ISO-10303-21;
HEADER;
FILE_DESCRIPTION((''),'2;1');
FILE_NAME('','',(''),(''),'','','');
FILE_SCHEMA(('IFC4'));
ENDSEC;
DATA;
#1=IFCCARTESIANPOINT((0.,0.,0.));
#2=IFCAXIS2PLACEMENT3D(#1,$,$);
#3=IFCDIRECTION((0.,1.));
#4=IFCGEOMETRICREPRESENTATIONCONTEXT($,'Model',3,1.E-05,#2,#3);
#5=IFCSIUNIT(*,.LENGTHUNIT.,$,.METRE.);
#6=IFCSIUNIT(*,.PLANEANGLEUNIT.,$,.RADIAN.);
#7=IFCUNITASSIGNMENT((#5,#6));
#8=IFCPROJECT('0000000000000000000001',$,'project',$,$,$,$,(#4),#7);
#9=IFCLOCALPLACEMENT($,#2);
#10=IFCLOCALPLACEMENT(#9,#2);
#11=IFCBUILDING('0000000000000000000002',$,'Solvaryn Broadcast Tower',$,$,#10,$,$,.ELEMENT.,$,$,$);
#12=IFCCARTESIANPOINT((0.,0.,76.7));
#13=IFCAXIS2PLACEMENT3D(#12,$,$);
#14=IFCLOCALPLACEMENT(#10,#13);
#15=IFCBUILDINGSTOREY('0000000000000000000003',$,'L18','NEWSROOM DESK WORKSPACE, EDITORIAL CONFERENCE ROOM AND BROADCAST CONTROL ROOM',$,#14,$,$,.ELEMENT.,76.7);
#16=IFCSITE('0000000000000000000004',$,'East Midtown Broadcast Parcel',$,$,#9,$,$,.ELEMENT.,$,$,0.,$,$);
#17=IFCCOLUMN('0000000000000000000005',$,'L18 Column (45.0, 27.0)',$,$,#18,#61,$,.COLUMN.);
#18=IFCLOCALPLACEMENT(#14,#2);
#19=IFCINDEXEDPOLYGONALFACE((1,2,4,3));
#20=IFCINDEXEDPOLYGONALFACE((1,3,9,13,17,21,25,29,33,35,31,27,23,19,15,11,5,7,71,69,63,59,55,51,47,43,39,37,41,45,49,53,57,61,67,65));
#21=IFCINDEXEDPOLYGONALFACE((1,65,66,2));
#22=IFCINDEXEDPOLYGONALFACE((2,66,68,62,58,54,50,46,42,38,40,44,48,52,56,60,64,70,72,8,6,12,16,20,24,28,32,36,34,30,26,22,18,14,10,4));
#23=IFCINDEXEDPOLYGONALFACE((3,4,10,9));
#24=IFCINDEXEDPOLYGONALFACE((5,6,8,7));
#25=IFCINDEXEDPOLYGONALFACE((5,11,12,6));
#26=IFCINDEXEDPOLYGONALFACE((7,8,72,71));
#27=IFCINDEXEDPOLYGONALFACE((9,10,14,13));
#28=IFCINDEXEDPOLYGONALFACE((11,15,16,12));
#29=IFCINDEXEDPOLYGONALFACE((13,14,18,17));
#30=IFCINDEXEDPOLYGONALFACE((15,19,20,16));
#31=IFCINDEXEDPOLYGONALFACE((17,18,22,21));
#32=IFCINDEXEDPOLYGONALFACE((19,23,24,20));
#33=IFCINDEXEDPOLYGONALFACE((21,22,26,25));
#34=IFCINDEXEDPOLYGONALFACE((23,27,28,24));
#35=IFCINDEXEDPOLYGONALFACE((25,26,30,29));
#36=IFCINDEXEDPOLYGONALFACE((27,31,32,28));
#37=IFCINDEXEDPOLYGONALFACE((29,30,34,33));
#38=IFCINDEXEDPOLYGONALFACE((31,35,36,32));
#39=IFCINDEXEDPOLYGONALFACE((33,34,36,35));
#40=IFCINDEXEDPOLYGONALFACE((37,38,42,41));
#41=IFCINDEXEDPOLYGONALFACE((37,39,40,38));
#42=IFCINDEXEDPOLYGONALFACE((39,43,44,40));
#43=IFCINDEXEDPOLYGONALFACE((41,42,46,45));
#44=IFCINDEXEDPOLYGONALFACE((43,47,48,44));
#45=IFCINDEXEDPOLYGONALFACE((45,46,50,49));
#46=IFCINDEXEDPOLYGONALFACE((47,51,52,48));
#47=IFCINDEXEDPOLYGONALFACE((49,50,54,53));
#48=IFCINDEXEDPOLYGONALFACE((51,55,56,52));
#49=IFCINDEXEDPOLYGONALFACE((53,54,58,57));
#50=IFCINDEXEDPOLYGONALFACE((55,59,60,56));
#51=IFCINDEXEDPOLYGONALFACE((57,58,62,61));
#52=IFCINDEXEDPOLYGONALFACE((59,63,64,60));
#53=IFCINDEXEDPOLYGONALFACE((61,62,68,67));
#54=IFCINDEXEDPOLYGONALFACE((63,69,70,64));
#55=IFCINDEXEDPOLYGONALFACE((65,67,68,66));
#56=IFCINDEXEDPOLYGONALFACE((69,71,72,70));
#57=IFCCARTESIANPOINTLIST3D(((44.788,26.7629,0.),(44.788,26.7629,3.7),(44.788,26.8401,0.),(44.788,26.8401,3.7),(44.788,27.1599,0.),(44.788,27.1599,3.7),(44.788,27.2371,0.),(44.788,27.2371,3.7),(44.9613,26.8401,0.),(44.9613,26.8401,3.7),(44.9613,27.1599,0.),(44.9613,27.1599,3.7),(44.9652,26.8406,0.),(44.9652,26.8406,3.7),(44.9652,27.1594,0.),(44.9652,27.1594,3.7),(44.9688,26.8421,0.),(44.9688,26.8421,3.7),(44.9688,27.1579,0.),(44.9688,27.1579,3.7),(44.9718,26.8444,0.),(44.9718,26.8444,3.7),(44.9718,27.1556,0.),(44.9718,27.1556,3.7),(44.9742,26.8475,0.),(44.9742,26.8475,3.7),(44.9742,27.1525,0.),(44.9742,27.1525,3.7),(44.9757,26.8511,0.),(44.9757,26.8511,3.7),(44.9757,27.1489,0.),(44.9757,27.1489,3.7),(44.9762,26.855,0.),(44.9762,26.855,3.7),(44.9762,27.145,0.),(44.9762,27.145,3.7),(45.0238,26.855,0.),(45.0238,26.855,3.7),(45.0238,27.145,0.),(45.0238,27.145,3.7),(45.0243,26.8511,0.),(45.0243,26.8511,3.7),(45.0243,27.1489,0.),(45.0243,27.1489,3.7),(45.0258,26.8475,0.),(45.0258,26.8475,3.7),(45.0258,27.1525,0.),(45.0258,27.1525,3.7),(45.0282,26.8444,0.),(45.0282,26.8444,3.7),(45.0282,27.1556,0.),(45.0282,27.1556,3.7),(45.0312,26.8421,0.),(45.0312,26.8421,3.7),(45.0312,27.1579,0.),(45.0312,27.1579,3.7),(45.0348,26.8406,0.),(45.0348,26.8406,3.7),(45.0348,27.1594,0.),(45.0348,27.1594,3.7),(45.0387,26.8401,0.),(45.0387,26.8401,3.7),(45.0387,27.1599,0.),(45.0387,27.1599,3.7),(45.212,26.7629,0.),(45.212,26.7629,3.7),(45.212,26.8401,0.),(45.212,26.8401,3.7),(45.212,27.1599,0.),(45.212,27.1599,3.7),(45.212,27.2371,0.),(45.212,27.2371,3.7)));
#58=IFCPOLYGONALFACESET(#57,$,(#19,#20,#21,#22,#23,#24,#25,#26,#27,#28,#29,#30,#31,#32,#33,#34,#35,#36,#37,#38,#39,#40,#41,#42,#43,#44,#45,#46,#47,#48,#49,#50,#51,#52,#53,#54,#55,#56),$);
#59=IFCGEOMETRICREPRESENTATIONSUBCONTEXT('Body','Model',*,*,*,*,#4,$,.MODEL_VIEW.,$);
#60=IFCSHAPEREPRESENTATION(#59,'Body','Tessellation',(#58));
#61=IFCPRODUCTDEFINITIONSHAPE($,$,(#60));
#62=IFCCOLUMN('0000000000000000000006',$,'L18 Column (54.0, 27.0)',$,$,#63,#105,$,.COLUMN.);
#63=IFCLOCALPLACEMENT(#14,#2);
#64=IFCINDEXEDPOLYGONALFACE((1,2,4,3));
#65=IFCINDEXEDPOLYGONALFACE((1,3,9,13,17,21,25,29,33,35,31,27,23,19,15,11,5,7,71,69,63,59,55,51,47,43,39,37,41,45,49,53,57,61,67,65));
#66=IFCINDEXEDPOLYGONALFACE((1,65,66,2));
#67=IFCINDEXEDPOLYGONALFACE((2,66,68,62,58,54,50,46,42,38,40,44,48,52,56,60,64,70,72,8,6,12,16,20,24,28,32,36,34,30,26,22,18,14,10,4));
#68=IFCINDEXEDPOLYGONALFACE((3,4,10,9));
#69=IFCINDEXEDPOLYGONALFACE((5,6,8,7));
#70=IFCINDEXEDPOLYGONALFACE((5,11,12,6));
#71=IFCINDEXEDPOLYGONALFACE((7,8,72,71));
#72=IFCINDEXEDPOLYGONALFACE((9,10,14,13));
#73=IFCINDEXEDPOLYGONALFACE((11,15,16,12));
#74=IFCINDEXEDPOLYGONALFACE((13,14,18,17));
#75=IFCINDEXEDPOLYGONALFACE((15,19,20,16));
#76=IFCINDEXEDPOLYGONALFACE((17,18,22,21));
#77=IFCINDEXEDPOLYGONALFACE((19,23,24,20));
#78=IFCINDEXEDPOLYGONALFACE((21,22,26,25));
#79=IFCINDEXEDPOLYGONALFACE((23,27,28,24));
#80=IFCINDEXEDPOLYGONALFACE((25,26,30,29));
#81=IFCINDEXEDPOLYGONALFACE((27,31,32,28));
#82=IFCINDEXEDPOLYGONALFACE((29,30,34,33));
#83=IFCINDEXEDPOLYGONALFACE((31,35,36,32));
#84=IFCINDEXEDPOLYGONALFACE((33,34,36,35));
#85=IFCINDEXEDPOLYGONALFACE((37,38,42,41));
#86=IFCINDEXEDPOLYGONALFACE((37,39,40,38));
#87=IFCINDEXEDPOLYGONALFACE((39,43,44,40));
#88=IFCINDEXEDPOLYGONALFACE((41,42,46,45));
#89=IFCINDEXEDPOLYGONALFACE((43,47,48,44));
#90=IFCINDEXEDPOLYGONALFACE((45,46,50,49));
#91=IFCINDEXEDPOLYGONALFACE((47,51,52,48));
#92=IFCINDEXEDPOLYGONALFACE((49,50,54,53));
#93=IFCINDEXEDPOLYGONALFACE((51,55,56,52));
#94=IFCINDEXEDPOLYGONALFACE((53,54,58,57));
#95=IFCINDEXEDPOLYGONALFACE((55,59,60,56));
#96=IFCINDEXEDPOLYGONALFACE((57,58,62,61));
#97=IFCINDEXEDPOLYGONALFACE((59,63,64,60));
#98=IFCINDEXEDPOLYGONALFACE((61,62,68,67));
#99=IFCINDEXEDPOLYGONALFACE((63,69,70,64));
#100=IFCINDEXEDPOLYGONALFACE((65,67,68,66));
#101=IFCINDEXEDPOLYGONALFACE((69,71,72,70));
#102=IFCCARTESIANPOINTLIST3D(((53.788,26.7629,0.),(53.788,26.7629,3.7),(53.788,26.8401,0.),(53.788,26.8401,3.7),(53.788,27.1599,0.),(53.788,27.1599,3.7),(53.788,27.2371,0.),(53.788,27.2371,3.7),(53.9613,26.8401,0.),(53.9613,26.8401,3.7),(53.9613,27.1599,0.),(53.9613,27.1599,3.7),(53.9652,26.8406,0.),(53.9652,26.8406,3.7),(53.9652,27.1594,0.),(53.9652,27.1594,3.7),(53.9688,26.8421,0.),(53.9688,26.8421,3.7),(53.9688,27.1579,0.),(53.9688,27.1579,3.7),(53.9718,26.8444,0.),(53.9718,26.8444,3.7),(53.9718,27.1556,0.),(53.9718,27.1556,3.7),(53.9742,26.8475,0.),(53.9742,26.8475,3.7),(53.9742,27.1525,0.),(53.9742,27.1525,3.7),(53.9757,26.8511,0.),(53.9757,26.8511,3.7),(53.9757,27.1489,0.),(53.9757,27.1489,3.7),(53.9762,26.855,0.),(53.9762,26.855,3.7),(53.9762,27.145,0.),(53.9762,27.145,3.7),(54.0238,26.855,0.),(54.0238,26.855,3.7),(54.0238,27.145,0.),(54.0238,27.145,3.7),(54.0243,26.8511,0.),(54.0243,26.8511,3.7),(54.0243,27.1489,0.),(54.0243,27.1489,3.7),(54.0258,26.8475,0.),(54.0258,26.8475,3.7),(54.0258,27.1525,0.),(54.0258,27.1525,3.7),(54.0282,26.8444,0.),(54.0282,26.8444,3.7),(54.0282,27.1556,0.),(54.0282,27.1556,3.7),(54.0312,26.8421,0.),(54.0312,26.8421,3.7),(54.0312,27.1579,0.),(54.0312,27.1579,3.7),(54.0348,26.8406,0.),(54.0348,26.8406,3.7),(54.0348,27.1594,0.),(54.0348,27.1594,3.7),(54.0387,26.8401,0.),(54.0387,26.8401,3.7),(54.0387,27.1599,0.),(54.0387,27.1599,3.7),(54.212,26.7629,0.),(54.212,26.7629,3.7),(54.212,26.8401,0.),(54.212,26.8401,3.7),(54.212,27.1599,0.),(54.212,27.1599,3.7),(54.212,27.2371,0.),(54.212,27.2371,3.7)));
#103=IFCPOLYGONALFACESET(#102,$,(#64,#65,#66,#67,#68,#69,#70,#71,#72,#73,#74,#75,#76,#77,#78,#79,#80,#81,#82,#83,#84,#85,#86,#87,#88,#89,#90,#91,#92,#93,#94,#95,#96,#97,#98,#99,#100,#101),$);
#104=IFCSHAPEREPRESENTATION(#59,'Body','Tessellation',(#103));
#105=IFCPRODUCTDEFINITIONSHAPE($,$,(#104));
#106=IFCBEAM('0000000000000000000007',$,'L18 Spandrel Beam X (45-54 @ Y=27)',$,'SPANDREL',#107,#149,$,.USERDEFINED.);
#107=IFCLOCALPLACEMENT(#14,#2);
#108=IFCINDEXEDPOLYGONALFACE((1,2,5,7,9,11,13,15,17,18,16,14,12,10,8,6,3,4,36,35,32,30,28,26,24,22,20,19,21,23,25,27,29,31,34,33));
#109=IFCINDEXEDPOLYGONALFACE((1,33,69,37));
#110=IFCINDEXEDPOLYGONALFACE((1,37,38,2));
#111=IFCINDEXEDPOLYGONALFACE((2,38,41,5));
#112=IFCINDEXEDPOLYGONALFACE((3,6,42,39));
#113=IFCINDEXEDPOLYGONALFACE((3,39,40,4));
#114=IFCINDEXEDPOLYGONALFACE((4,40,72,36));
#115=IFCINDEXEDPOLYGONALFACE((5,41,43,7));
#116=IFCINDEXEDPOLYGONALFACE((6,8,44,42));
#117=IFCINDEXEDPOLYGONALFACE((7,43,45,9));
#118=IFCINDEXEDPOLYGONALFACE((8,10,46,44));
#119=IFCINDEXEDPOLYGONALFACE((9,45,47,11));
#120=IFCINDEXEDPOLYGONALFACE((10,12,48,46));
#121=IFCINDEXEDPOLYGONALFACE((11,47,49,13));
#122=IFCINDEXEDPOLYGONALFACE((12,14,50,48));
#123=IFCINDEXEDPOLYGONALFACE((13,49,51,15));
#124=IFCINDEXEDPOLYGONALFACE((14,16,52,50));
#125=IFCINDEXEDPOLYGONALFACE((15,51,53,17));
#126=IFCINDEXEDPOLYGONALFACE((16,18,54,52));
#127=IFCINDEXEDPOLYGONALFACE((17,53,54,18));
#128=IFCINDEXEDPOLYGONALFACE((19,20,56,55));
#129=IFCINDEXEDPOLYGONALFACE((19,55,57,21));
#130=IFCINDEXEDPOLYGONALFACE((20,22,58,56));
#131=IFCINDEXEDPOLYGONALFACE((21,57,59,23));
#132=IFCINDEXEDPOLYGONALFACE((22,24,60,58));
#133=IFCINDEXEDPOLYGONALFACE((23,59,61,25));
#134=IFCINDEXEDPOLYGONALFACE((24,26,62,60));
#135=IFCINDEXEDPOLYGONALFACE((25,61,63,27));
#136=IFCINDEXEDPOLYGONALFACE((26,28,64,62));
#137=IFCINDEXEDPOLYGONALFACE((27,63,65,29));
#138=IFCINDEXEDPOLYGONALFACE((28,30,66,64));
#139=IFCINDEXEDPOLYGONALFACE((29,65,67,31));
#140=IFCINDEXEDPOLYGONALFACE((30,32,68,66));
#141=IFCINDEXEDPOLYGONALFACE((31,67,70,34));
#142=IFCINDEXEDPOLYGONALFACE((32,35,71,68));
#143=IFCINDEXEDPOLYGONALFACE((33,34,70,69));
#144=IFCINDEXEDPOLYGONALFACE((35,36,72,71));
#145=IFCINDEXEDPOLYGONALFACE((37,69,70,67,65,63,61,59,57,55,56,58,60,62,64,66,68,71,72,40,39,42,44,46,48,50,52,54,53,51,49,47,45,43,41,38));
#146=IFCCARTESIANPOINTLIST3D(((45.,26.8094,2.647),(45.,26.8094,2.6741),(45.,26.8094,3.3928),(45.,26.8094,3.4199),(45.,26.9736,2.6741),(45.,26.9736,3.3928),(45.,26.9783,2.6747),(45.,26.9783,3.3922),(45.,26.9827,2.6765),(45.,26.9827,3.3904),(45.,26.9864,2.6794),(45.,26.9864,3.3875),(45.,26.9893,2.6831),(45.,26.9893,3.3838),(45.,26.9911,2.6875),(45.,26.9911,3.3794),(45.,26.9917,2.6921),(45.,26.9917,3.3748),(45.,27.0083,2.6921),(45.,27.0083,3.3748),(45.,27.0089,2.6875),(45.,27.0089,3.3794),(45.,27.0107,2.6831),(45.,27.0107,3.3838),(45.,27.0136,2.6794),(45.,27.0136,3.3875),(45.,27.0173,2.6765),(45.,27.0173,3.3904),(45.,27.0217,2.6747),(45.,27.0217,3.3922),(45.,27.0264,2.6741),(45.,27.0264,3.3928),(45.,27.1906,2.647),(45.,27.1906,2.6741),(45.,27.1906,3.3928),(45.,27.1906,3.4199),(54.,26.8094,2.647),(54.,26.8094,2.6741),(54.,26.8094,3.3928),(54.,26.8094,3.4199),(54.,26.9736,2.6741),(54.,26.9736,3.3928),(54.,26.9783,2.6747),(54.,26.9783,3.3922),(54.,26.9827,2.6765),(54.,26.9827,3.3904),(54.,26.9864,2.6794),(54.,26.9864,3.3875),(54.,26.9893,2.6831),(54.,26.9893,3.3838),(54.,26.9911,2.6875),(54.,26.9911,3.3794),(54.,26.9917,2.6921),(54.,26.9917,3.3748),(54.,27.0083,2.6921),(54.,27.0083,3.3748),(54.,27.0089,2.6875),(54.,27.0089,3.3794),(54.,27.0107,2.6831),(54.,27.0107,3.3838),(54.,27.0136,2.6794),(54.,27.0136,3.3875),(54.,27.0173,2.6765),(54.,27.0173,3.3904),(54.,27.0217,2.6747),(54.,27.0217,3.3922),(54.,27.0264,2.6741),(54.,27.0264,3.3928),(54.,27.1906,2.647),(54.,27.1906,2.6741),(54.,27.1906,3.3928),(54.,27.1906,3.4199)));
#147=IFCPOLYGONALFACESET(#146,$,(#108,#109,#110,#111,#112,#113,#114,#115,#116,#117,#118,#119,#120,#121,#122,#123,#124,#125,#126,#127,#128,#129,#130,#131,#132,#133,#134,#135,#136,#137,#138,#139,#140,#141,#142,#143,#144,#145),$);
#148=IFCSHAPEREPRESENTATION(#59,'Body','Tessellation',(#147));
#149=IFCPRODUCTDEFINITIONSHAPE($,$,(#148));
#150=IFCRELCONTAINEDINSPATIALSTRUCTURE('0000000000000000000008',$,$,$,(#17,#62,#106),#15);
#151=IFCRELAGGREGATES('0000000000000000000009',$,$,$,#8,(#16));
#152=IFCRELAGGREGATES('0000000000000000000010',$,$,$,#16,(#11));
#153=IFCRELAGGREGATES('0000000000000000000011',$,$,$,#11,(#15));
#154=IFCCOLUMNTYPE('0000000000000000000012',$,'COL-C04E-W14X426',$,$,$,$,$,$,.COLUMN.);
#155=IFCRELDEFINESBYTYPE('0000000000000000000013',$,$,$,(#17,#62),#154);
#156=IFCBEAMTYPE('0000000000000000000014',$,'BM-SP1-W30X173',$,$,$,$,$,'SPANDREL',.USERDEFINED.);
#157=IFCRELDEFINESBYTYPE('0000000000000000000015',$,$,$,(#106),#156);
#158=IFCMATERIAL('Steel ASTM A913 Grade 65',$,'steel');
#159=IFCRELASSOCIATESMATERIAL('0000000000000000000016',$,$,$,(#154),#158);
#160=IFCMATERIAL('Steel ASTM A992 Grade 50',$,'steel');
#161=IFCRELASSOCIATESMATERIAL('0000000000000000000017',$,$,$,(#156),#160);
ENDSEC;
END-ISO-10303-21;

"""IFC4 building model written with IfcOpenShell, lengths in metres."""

from ifc_helpers import new_model, si_unit, direction, frame, origin, origin_2d, place, context, subcontext, project, spatial, i_section, extrude, material, material_profile, profile_set, type_object, element, save


model = new_model("IFC4")

# Units and contexts
model_context = context("Model", 3, precision=1e-05, world=origin(), true_north=direction((0.0, 1.0)))
body_context = subcontext(model_context, "Body", "Model", "MODEL_VIEW")
ifc_project = project(units=[si_unit("LENGTHUNIT", "METRE"), si_unit("PLANEANGLEUNIT", "RADIAN")], contexts=[model_context])

# Site, building, storey
site_placement = place(None, origin())
site = spatial("IfcSite", under=ifc_project, at=site_placement, Name="East Midtown Broadcast Parcel", CompositionType="ELEMENT", RefElevation=0.0)
building_placement = place(site_placement, origin())
building = spatial("IfcBuilding", under=site, at=building_placement, Name="Solvaryn Broadcast Tower", CompositionType="ELEMENT")
storey_placement = place(building_placement, frame((0.0, 0.0, 76.7)))
storey = spatial("IfcBuildingStorey", under=building, at=storey_placement, Name="L18", Description="NEWSROOM DESK WORKSPACE, EDITORIAL CONFERENCE ROOM AND BROADCAST CONTROL ROOM", CompositionType="ELEMENT", Elevation=76.7)

# Columns
ifc_material_1 = material(Name="Steel ASTM A913 Grade 65", Category="steel")
ifc_material_profile_1 = material_profile(ifc_material_1, i_section(OverallWidth=0.4241, OverallDepth=0.4741, WebThickness=0.0476, FlangeThickness=0.0771, FilletRadius=0.0149, at=origin_2d()))
ifc_profile_set_1 = profile_set([ifc_material_profile_1], Name="Steel ASTM A913 Grade 65")
column_type = type_object("IfcColumnType", Name="COL-C04E-W14X426", PredefinedType="COLUMN", material=ifc_profile_set_1)
for number, where, z_axis, x_axis, name in (
    (1, (45.0, 27.0, 0.0), (0.0, 0.0, 1.0), (1.0, 0.0, 0.0), "L18 Column (45.0, 27.0)"),
    (2, (54.0, 27.0, 0.0), (0.0, 0.0, 1.0), (1.0, 0.0, 0.0), "L18 Column (54.0, 27.0)"),
):
    element("IfcColumn", number, at=place(storey_placement, frame(where, z_axis=z_axis, x_axis=x_axis)), inside=storey, type_object=column_type, Name=name, PredefinedType="COLUMN", context=body_context, shape_type="SweptSolid", body=[
        extrude(i_section(OverallWidth=0.4241, OverallDepth=0.4741, WebThickness=0.0476, FlangeThickness=0.0771, FilletRadius=0.0149, at=origin_2d()), origin(), (0.0, 0.0, 1.0), 3.7),
    ])

# Beam
ifc_material_2 = material(Name="Steel ASTM A992 Grade 50", Category="steel")
ifc_material_profile_2 = material_profile(ifc_material_2, i_section(OverallWidth=0.3811, OverallDepth=0.7729, WebThickness=0.0166, FlangeThickness=0.0271, FilletRadius=0.0181, at=origin_2d()))
ifc_profile_set_2 = profile_set([ifc_material_profile_2], Name="Steel ASTM A992 Grade 50")
beam_type = type_object("IfcBeamType", Name="BM-SP1-W30X173", ElementType="SPANDREL", PredefinedType="USERDEFINED", material=ifc_profile_set_2)
beam_placement = place(storey_placement, frame((45.0, 27.0, 3.0334), z_axis=(1.0, 0.0, 0.0), x_axis=(0.0, 1.0, 0.0)))
element("IfcBeam", 3, at=beam_placement, inside=storey, type_object=beam_type, Name="L18 Spandrel Beam X (45-54 @ Y=27)", ObjectType="SPANDREL", PredefinedType="USERDEFINED", context=body_context, shape_type="SweptSolid", body=[
    extrude(i_section(OverallWidth=0.3811, OverallDepth=0.7729, WebThickness=0.0166, FlangeThickness=0.0271, FilletRadius=0.0181, at=origin_2d()), origin(), (0.0, 0.0, 1.0), 9.0),
])

save(model, "model.ifc")
